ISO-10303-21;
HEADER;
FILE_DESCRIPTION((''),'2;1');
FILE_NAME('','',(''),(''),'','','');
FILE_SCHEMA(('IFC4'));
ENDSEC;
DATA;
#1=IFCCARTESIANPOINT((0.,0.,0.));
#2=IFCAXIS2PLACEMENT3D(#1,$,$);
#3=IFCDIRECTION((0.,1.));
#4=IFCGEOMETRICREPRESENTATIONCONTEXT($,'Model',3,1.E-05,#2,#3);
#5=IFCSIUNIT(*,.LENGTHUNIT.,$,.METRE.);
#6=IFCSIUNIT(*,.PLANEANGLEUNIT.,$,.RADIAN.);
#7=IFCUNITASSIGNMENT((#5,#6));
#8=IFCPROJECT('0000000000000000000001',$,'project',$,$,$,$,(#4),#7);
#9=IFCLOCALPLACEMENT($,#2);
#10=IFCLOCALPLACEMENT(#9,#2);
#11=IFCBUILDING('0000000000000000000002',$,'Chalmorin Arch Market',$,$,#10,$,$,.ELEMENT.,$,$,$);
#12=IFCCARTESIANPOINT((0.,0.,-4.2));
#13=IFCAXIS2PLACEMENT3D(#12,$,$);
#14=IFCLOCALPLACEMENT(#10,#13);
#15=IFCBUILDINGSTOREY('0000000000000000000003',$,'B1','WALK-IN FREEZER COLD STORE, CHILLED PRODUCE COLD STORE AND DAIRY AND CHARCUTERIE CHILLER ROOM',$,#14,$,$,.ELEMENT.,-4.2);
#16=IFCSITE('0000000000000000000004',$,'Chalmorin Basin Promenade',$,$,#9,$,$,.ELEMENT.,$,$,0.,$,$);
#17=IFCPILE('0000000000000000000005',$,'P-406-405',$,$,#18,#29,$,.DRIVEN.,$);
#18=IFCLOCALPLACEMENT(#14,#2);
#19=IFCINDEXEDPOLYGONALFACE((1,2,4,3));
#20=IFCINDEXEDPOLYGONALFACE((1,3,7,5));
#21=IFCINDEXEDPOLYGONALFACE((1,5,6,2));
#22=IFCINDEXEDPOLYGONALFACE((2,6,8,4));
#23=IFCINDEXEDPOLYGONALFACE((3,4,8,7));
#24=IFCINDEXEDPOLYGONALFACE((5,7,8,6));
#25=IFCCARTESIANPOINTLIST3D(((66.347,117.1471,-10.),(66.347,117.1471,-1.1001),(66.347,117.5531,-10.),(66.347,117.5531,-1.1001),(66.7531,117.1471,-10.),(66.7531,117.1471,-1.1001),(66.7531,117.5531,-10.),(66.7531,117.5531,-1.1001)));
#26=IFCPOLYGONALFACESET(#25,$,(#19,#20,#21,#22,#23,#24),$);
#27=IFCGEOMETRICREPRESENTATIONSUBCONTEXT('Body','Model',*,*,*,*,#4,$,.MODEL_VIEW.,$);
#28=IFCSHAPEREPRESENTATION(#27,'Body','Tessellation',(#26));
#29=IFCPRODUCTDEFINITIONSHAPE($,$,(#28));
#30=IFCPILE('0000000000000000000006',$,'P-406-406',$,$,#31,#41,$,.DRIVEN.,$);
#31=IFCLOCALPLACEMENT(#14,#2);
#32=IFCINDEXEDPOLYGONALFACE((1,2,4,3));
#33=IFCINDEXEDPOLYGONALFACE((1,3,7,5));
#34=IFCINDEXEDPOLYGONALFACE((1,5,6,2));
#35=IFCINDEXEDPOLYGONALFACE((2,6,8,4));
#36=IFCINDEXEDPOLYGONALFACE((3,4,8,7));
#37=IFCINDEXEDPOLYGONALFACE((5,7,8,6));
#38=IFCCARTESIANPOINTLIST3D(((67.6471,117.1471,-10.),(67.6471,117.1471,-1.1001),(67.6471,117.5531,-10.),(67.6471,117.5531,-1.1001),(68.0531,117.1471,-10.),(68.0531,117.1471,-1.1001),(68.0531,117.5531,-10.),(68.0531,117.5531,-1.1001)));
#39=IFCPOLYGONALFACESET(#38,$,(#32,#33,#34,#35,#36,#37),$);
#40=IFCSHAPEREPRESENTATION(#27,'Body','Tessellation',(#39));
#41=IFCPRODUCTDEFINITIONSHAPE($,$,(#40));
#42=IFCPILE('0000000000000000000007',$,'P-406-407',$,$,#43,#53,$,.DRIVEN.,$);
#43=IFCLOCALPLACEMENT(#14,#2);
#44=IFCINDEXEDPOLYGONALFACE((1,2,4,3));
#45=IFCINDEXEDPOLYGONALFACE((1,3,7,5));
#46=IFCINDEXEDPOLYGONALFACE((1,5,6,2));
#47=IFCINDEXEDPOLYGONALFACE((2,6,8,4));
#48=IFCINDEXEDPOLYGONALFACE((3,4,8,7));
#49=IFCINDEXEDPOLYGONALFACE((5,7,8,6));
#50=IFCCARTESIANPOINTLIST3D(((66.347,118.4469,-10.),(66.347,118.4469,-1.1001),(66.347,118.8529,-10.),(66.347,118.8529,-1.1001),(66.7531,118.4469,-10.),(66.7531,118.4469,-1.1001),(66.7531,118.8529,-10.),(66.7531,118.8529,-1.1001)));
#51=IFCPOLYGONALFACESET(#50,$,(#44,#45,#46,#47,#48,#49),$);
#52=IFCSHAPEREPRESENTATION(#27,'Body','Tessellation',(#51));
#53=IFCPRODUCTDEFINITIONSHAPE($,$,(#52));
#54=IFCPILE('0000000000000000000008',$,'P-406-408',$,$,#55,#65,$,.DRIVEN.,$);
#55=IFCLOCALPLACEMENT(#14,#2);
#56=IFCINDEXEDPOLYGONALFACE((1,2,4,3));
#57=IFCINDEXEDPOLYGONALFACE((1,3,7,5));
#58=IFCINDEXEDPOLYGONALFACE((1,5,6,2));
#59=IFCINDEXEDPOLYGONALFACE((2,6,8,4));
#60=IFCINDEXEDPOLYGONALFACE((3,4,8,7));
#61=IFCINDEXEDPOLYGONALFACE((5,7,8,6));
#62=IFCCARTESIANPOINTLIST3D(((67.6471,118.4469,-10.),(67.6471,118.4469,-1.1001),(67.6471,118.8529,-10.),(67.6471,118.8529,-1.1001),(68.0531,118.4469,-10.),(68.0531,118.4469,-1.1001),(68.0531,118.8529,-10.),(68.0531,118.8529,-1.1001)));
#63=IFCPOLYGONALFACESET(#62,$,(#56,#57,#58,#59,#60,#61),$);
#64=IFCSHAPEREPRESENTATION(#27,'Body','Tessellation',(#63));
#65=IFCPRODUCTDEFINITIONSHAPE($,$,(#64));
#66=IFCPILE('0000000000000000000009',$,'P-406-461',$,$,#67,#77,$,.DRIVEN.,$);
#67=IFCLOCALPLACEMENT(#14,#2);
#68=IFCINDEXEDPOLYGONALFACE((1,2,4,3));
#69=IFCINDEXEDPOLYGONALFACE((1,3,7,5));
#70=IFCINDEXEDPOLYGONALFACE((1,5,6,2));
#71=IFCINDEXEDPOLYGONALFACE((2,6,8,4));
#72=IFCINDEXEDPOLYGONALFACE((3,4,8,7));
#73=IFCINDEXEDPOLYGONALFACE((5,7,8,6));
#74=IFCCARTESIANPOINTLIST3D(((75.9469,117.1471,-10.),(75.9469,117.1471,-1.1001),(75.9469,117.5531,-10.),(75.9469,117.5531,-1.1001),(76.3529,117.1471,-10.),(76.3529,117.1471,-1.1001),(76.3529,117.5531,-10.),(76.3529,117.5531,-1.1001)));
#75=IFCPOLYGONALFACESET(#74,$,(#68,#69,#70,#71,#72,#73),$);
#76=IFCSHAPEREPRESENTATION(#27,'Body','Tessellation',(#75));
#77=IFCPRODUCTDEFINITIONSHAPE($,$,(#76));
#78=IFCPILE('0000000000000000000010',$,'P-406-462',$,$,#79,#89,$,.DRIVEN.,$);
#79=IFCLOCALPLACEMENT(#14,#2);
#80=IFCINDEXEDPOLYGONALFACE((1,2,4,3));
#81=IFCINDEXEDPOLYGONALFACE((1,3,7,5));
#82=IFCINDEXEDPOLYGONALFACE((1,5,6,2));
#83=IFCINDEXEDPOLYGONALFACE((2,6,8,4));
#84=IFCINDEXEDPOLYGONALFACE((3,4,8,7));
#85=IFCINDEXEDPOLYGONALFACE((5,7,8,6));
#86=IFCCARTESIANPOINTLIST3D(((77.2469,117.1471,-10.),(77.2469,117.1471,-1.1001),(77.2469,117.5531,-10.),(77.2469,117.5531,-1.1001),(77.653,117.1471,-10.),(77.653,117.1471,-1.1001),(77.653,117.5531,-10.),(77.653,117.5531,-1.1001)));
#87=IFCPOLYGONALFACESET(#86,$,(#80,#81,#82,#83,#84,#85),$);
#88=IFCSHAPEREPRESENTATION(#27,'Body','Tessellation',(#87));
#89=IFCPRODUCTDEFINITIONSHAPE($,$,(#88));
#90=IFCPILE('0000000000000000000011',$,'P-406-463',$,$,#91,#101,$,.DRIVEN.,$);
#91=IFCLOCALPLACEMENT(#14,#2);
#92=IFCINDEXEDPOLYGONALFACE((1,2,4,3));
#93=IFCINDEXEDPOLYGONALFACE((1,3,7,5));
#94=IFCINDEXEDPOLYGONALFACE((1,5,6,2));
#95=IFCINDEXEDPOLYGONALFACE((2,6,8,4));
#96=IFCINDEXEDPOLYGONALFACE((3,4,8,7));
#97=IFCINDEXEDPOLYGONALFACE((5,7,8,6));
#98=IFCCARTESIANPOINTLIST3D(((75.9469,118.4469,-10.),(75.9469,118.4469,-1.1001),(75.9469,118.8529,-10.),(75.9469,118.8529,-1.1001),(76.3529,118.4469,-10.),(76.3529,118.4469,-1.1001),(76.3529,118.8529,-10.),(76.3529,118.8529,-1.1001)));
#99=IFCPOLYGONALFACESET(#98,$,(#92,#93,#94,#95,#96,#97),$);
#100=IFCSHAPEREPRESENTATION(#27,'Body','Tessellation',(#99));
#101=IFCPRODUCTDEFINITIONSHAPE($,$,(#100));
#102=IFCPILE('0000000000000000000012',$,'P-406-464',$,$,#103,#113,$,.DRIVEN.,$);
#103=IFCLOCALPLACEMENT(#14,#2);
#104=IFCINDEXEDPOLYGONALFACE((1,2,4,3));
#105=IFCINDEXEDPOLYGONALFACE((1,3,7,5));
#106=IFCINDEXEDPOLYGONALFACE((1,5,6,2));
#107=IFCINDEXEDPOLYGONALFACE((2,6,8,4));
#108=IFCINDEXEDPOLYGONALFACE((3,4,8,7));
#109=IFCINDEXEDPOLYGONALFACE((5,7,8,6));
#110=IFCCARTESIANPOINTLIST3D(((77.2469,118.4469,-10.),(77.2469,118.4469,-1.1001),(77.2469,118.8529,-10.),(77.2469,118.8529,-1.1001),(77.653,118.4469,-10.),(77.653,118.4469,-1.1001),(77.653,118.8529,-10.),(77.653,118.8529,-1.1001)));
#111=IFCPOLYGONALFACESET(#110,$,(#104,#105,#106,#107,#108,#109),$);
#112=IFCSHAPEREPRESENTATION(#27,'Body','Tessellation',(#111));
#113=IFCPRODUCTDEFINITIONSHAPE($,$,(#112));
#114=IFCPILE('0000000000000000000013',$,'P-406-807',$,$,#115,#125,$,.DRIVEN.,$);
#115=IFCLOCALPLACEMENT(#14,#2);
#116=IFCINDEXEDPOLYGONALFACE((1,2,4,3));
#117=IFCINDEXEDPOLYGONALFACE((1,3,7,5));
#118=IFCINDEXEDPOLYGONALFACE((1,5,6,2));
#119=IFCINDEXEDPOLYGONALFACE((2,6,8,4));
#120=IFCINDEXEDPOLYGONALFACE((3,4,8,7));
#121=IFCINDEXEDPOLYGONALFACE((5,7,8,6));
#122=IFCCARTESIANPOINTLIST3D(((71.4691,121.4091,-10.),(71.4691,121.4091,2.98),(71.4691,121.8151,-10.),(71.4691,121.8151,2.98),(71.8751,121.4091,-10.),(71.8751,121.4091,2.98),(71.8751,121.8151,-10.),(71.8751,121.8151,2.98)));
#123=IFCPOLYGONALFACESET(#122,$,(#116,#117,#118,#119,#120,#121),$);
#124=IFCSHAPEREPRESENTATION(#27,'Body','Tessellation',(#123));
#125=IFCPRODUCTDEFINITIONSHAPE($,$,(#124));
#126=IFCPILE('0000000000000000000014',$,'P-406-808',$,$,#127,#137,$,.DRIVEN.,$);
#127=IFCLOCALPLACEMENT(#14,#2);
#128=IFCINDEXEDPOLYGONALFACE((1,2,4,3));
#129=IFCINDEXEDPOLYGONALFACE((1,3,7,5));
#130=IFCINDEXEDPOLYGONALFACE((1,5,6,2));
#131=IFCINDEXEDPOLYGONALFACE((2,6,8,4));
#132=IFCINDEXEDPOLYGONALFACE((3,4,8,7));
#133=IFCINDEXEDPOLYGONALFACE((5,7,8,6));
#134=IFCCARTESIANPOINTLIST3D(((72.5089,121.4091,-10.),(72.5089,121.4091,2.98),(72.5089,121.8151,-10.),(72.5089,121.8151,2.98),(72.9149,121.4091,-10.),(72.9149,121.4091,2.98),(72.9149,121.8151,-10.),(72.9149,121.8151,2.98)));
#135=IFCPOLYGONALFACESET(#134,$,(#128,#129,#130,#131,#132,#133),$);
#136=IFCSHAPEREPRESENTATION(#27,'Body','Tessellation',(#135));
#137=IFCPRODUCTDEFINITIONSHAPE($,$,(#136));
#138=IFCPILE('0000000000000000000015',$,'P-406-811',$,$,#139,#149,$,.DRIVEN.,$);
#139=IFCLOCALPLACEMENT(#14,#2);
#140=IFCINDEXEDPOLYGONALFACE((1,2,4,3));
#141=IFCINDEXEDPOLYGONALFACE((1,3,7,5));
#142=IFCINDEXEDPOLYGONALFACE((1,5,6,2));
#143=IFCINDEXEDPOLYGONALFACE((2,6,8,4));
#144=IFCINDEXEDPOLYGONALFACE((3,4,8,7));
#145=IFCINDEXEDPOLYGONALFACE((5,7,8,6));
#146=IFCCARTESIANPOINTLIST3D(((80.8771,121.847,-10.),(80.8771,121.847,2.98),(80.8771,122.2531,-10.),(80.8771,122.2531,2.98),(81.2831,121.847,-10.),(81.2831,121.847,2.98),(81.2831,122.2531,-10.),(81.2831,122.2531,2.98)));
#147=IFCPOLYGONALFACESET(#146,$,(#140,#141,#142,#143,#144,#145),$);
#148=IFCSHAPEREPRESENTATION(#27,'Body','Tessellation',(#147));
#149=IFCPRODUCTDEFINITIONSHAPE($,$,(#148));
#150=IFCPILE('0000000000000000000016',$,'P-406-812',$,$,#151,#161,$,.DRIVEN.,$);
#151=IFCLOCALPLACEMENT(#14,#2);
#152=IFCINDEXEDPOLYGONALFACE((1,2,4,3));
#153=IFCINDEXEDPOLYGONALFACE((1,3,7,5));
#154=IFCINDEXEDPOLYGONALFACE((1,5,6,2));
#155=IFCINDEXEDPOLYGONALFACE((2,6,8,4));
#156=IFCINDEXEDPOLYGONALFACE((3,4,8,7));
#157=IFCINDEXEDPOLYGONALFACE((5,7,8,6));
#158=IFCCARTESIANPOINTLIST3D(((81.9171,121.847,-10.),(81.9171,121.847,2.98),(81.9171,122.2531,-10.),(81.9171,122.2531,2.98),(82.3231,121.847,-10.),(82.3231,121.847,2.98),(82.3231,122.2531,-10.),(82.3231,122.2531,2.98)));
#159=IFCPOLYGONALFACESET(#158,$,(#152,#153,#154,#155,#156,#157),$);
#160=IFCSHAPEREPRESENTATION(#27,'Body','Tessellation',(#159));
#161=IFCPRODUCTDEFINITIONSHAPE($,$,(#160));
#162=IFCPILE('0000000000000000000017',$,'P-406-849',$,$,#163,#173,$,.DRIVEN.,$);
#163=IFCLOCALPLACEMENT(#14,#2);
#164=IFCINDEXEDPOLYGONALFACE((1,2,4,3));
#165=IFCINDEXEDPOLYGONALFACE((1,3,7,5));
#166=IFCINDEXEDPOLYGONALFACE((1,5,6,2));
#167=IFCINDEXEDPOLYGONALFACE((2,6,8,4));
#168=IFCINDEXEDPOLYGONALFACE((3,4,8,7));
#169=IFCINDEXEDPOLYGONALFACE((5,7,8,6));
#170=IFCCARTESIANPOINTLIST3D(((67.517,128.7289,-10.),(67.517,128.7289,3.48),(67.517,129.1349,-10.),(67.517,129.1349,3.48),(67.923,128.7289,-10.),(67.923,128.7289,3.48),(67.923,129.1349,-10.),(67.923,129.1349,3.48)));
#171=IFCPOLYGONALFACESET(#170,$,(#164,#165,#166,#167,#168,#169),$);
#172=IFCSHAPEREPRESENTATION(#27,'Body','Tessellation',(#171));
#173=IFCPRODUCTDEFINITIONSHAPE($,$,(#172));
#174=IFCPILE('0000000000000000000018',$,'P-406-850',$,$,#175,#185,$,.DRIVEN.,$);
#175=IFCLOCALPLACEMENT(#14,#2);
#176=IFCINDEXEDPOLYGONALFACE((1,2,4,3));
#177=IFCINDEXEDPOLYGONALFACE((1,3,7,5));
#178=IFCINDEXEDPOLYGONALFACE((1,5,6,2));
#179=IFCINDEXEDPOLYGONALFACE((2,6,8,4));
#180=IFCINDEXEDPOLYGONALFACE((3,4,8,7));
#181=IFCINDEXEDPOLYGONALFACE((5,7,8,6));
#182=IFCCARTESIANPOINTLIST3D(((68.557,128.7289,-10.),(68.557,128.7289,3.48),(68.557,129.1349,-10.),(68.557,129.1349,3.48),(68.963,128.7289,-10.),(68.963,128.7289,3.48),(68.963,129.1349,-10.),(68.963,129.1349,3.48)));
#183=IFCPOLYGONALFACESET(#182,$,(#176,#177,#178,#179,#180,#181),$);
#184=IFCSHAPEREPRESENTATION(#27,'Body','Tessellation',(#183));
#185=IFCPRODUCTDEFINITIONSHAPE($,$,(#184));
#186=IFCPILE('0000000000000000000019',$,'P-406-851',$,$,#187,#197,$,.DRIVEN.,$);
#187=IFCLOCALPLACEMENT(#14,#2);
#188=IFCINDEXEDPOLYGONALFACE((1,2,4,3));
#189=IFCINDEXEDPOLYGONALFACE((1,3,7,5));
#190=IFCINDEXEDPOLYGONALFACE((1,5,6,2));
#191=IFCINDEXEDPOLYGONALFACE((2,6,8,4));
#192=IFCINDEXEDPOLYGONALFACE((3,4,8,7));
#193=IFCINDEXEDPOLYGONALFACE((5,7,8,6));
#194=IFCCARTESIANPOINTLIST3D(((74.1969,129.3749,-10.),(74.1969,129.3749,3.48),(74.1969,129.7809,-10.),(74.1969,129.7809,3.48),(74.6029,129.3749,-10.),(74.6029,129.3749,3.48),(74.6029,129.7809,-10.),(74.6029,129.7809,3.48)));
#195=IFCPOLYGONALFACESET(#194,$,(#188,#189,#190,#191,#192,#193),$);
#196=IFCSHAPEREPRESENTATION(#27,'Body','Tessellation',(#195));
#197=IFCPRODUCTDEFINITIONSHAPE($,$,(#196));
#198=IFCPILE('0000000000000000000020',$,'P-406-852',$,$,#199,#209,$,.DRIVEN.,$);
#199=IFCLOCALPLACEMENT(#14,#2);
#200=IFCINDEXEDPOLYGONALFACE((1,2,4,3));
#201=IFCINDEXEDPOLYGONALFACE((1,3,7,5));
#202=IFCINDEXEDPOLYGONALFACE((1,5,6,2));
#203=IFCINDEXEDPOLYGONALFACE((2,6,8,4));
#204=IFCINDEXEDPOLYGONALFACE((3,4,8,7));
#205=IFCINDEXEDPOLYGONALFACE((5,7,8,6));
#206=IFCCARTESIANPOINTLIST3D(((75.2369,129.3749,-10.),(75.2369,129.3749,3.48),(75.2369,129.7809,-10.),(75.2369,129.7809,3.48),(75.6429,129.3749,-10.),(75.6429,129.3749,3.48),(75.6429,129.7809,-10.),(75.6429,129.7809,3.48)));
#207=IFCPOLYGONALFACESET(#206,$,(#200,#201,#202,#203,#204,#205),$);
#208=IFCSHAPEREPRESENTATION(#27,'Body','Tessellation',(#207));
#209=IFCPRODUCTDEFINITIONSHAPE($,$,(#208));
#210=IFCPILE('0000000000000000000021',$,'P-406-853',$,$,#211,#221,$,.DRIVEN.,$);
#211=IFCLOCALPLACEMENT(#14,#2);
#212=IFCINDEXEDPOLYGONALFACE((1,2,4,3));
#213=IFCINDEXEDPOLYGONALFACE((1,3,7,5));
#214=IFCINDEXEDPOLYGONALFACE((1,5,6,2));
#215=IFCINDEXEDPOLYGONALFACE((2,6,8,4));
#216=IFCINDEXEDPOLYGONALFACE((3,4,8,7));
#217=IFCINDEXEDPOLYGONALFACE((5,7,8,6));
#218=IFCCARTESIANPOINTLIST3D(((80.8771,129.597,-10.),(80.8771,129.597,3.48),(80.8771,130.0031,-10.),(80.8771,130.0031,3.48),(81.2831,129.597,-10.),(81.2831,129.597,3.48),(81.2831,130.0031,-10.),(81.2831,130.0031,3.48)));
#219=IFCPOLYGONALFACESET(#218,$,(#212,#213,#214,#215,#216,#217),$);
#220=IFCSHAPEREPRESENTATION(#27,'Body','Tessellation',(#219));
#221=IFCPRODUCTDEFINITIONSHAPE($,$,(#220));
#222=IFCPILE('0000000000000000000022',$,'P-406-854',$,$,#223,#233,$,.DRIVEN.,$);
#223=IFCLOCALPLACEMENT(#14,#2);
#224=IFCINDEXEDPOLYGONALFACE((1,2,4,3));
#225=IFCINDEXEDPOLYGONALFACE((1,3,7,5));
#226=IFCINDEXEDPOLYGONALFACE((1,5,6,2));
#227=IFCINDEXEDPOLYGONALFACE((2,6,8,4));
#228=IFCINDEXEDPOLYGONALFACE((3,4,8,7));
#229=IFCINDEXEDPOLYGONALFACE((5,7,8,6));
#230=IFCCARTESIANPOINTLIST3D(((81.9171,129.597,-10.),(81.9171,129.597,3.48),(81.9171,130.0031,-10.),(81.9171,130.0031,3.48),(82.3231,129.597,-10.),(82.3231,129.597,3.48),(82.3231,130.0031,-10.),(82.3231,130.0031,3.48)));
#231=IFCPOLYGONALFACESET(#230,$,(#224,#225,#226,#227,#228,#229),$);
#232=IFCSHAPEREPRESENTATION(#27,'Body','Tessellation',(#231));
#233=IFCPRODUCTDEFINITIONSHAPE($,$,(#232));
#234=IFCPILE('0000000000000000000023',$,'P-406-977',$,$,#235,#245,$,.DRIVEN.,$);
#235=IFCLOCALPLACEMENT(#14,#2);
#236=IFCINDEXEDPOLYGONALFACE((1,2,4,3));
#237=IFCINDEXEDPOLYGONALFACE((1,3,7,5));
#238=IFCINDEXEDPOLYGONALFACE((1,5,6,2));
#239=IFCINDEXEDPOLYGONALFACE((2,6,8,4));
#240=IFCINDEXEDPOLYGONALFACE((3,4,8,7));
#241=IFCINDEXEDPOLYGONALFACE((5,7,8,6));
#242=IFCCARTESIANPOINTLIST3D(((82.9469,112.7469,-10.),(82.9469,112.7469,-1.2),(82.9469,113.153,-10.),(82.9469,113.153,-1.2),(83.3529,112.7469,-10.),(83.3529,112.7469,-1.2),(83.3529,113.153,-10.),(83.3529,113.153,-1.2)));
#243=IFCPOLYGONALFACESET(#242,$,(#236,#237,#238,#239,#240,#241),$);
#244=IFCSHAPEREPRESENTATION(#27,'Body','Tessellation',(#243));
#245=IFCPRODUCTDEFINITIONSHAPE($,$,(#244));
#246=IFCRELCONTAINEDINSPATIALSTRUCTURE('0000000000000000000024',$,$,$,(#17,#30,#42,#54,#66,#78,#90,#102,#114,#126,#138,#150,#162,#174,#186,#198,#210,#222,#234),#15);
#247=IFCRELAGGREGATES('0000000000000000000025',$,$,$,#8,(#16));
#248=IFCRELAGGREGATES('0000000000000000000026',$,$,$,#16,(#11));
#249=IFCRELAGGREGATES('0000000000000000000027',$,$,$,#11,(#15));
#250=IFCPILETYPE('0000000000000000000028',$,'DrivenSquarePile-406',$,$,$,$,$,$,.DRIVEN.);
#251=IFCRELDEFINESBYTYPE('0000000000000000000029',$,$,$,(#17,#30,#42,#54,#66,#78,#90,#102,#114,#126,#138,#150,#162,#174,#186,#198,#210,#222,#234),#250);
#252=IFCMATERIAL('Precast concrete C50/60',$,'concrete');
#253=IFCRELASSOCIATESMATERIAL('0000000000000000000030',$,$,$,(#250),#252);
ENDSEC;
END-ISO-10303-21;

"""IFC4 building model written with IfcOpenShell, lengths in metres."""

from ifc_helpers import new_model, si_unit, direction, frame, origin, origin_2d, place, context, subcontext, project, spatial, rectangle, extrude, material, material_profile, profile_set, type_object, element, save


model = new_model("IFC4")

# Units and contexts
model_context = context("Model", 3, precision=1e-05, world=origin(), true_north=direction((0.0, 1.0)))
body_context = subcontext(model_context, "Body", "Model", "MODEL_VIEW")
ifc_project = project(units=[si_unit("LENGTHUNIT", "METRE"), si_unit("PLANEANGLEUNIT", "RADIAN")], contexts=[model_context])

# Site, building, storey
site_placement = place(None, origin())
site = spatial("IfcSite", under=ifc_project, at=site_placement, Name="Chalmorin Basin Promenade", CompositionType="ELEMENT", RefElevation=0.0)
building_placement = place(site_placement, origin())
building = spatial("IfcBuilding", under=site, at=building_placement, Name="Chalmorin Arch Market", CompositionType="ELEMENT")
storey_placement = place(building_placement, frame((0.0, 0.0, -4.2)))
storey = spatial("IfcBuildingStorey", under=building, at=storey_placement, Name="B1", Description="WALK-IN FREEZER COLD STORE, CHILLED PRODUCE COLD STORE AND DAIRY AND CHARCUTERIE CHILLER ROOM", CompositionType="ELEMENT", Elevation=-4.2)

# Piles
ifc_material_1 = material(Name="Precast concrete C50/60", Category="concrete")
ifc_material_profile_1 = material_profile(ifc_material_1, rectangle(XDim=0.406, YDim=0.406, at=origin_2d()), Name="PPC406")
ifc_profile_set_1 = profile_set([ifc_material_profile_1], Name="Precast concrete C50/60")
pile_type = type_object("IfcPileType", Name="DrivenSquarePile-406", PredefinedType="DRIVEN", material=ifc_profile_set_1)
for number, where, z_axis, x_axis, name in (
    (1, (66.55, 117.3501, -1.1001), (0.0, 0.0, -1.0), (1.0, 0.0, 0.0), "P-406-405"),
    (2, (67.8501, 117.3501, -1.1001), (0.0, 0.0, -1.0), (1.0, 0.0, 0.0), "P-406-406"),
    (3, (66.55, 118.6499, -1.1001), (0.0, 0.0, -1.0), (1.0, 0.0, 0.0), "P-406-407"),
    (4, (67.8501, 118.6499, -1.1001), (0.0, 0.0, -1.0), (1.0, 0.0, 0.0), "P-406-408"),
    (5, (76.1499, 117.3501, -1.1001), (0.0, 0.0, -1.0), (1.0, 0.0, 0.0), "P-406-461"),
    (6, (77.45, 117.3501, -1.1001), (0.0, 0.0, -1.0), (1.0, 0.0, 0.0), "P-406-462"),
    (7, (76.1499, 118.6499, -1.1001), (0.0, 0.0, -1.0), (1.0, 0.0, 0.0), "P-406-463"),
    (8, (77.45, 118.6499, -1.1001), (0.0, 0.0, -1.0), (1.0, 0.0, 0.0), "P-406-464"),
):
    element("IfcPile", number, at=place(storey_placement, frame(where, z_axis=z_axis, x_axis=x_axis)), inside=storey, type_object=pile_type, Name=name, PredefinedType="DRIVEN", context=body_context, shape_type="SweptSolid", body=[
        extrude(rectangle(XDim=0.406, YDim=0.406, at=origin_2d()), origin(), (0.0, 0.0, 1.0), 8.8999),
    ])
for number, where, z_axis, x_axis, name in (
    (9, (71.6721, 121.6121, 2.98), (0.0, 0.0, -1.0), (1.0, 0.0, 0.0), "P-406-807"),
    (10, (72.7119, 121.6121, 2.98), (0.0, 0.0, -1.0), (1.0, 0.0, 0.0), "P-406-808"),
    (11, (81.0801, 122.05, 2.98), (0.0, 0.0, -1.0), (1.0, 0.0, 0.0), "P-406-811"),
    (12, (82.1201, 122.05, 2.98), (0.0, 0.0, -1.0), (1.0, 0.0, 0.0), "P-406-812"),
):
    element("IfcPile", number, at=place(storey_placement, frame(where, z_axis=z_axis, x_axis=x_axis)), inside=storey, type_object=pile_type, Name=name, PredefinedType="DRIVEN", context=body_context, shape_type="SweptSolid", body=[
        extrude(rectangle(XDim=0.406, YDim=0.406, at=origin_2d()), origin(), (0.0, 0.0, 1.0), 12.98),
    ])
for number, where, z_axis, x_axis, name in (
    (13, (67.72, 128.9319, 3.48), (0.0, 0.0, -1.0), (1.0, 0.0, 0.0), "P-406-849"),
    (14, (68.76, 128.9319, 3.48), (0.0, 0.0, -1.0), (1.0, 0.0, 0.0), "P-406-850"),
    (15, (74.3999, 129.5779, 3.48), (0.0, 0.0, -1.0), (1.0, 0.0, 0.0), "P-406-851"),
    (16, (75.4399, 129.5779, 3.48), (0.0, 0.0, -1.0), (1.0, 0.0, 0.0), "P-406-852"),
    (17, (81.0801, 129.8, 3.48), (0.0, 0.0, -1.0), (1.0, 0.0, 0.0), "P-406-853"),
    (18, (82.1201, 129.8, 3.48), (0.0, 0.0, -1.0), (1.0, 0.0, 0.0), "P-406-854"),
):
    element("IfcPile", number, at=place(storey_placement, frame(where, z_axis=z_axis, x_axis=x_axis)), inside=storey, type_object=pile_type, Name=name, PredefinedType="DRIVEN", context=body_context, shape_type="SweptSolid", body=[
        extrude(rectangle(XDim=0.406, YDim=0.406, at=origin_2d()), origin(), (0.0, 0.0, 1.0), 13.48),
    ])
for number, where, z_axis, x_axis, name in (
    (19, (83.1499, 112.95, -1.2), (0.0, 0.0, -1.0), (1.0, 0.0, 0.0), "P-406-977"),
):
    element("IfcPile", number, at=place(storey_placement, frame(where, z_axis=z_axis, x_axis=x_axis)), inside=storey, type_object=pile_type, Name=name, PredefinedType="DRIVEN", context=body_context, shape_type="SweptSolid", body=[
        extrude(rectangle(XDim=0.406, YDim=0.406, at=origin_2d()), origin(), (0.0, 0.0, 1.0), 8.8),
    ])

save(model, "model.ifc")
